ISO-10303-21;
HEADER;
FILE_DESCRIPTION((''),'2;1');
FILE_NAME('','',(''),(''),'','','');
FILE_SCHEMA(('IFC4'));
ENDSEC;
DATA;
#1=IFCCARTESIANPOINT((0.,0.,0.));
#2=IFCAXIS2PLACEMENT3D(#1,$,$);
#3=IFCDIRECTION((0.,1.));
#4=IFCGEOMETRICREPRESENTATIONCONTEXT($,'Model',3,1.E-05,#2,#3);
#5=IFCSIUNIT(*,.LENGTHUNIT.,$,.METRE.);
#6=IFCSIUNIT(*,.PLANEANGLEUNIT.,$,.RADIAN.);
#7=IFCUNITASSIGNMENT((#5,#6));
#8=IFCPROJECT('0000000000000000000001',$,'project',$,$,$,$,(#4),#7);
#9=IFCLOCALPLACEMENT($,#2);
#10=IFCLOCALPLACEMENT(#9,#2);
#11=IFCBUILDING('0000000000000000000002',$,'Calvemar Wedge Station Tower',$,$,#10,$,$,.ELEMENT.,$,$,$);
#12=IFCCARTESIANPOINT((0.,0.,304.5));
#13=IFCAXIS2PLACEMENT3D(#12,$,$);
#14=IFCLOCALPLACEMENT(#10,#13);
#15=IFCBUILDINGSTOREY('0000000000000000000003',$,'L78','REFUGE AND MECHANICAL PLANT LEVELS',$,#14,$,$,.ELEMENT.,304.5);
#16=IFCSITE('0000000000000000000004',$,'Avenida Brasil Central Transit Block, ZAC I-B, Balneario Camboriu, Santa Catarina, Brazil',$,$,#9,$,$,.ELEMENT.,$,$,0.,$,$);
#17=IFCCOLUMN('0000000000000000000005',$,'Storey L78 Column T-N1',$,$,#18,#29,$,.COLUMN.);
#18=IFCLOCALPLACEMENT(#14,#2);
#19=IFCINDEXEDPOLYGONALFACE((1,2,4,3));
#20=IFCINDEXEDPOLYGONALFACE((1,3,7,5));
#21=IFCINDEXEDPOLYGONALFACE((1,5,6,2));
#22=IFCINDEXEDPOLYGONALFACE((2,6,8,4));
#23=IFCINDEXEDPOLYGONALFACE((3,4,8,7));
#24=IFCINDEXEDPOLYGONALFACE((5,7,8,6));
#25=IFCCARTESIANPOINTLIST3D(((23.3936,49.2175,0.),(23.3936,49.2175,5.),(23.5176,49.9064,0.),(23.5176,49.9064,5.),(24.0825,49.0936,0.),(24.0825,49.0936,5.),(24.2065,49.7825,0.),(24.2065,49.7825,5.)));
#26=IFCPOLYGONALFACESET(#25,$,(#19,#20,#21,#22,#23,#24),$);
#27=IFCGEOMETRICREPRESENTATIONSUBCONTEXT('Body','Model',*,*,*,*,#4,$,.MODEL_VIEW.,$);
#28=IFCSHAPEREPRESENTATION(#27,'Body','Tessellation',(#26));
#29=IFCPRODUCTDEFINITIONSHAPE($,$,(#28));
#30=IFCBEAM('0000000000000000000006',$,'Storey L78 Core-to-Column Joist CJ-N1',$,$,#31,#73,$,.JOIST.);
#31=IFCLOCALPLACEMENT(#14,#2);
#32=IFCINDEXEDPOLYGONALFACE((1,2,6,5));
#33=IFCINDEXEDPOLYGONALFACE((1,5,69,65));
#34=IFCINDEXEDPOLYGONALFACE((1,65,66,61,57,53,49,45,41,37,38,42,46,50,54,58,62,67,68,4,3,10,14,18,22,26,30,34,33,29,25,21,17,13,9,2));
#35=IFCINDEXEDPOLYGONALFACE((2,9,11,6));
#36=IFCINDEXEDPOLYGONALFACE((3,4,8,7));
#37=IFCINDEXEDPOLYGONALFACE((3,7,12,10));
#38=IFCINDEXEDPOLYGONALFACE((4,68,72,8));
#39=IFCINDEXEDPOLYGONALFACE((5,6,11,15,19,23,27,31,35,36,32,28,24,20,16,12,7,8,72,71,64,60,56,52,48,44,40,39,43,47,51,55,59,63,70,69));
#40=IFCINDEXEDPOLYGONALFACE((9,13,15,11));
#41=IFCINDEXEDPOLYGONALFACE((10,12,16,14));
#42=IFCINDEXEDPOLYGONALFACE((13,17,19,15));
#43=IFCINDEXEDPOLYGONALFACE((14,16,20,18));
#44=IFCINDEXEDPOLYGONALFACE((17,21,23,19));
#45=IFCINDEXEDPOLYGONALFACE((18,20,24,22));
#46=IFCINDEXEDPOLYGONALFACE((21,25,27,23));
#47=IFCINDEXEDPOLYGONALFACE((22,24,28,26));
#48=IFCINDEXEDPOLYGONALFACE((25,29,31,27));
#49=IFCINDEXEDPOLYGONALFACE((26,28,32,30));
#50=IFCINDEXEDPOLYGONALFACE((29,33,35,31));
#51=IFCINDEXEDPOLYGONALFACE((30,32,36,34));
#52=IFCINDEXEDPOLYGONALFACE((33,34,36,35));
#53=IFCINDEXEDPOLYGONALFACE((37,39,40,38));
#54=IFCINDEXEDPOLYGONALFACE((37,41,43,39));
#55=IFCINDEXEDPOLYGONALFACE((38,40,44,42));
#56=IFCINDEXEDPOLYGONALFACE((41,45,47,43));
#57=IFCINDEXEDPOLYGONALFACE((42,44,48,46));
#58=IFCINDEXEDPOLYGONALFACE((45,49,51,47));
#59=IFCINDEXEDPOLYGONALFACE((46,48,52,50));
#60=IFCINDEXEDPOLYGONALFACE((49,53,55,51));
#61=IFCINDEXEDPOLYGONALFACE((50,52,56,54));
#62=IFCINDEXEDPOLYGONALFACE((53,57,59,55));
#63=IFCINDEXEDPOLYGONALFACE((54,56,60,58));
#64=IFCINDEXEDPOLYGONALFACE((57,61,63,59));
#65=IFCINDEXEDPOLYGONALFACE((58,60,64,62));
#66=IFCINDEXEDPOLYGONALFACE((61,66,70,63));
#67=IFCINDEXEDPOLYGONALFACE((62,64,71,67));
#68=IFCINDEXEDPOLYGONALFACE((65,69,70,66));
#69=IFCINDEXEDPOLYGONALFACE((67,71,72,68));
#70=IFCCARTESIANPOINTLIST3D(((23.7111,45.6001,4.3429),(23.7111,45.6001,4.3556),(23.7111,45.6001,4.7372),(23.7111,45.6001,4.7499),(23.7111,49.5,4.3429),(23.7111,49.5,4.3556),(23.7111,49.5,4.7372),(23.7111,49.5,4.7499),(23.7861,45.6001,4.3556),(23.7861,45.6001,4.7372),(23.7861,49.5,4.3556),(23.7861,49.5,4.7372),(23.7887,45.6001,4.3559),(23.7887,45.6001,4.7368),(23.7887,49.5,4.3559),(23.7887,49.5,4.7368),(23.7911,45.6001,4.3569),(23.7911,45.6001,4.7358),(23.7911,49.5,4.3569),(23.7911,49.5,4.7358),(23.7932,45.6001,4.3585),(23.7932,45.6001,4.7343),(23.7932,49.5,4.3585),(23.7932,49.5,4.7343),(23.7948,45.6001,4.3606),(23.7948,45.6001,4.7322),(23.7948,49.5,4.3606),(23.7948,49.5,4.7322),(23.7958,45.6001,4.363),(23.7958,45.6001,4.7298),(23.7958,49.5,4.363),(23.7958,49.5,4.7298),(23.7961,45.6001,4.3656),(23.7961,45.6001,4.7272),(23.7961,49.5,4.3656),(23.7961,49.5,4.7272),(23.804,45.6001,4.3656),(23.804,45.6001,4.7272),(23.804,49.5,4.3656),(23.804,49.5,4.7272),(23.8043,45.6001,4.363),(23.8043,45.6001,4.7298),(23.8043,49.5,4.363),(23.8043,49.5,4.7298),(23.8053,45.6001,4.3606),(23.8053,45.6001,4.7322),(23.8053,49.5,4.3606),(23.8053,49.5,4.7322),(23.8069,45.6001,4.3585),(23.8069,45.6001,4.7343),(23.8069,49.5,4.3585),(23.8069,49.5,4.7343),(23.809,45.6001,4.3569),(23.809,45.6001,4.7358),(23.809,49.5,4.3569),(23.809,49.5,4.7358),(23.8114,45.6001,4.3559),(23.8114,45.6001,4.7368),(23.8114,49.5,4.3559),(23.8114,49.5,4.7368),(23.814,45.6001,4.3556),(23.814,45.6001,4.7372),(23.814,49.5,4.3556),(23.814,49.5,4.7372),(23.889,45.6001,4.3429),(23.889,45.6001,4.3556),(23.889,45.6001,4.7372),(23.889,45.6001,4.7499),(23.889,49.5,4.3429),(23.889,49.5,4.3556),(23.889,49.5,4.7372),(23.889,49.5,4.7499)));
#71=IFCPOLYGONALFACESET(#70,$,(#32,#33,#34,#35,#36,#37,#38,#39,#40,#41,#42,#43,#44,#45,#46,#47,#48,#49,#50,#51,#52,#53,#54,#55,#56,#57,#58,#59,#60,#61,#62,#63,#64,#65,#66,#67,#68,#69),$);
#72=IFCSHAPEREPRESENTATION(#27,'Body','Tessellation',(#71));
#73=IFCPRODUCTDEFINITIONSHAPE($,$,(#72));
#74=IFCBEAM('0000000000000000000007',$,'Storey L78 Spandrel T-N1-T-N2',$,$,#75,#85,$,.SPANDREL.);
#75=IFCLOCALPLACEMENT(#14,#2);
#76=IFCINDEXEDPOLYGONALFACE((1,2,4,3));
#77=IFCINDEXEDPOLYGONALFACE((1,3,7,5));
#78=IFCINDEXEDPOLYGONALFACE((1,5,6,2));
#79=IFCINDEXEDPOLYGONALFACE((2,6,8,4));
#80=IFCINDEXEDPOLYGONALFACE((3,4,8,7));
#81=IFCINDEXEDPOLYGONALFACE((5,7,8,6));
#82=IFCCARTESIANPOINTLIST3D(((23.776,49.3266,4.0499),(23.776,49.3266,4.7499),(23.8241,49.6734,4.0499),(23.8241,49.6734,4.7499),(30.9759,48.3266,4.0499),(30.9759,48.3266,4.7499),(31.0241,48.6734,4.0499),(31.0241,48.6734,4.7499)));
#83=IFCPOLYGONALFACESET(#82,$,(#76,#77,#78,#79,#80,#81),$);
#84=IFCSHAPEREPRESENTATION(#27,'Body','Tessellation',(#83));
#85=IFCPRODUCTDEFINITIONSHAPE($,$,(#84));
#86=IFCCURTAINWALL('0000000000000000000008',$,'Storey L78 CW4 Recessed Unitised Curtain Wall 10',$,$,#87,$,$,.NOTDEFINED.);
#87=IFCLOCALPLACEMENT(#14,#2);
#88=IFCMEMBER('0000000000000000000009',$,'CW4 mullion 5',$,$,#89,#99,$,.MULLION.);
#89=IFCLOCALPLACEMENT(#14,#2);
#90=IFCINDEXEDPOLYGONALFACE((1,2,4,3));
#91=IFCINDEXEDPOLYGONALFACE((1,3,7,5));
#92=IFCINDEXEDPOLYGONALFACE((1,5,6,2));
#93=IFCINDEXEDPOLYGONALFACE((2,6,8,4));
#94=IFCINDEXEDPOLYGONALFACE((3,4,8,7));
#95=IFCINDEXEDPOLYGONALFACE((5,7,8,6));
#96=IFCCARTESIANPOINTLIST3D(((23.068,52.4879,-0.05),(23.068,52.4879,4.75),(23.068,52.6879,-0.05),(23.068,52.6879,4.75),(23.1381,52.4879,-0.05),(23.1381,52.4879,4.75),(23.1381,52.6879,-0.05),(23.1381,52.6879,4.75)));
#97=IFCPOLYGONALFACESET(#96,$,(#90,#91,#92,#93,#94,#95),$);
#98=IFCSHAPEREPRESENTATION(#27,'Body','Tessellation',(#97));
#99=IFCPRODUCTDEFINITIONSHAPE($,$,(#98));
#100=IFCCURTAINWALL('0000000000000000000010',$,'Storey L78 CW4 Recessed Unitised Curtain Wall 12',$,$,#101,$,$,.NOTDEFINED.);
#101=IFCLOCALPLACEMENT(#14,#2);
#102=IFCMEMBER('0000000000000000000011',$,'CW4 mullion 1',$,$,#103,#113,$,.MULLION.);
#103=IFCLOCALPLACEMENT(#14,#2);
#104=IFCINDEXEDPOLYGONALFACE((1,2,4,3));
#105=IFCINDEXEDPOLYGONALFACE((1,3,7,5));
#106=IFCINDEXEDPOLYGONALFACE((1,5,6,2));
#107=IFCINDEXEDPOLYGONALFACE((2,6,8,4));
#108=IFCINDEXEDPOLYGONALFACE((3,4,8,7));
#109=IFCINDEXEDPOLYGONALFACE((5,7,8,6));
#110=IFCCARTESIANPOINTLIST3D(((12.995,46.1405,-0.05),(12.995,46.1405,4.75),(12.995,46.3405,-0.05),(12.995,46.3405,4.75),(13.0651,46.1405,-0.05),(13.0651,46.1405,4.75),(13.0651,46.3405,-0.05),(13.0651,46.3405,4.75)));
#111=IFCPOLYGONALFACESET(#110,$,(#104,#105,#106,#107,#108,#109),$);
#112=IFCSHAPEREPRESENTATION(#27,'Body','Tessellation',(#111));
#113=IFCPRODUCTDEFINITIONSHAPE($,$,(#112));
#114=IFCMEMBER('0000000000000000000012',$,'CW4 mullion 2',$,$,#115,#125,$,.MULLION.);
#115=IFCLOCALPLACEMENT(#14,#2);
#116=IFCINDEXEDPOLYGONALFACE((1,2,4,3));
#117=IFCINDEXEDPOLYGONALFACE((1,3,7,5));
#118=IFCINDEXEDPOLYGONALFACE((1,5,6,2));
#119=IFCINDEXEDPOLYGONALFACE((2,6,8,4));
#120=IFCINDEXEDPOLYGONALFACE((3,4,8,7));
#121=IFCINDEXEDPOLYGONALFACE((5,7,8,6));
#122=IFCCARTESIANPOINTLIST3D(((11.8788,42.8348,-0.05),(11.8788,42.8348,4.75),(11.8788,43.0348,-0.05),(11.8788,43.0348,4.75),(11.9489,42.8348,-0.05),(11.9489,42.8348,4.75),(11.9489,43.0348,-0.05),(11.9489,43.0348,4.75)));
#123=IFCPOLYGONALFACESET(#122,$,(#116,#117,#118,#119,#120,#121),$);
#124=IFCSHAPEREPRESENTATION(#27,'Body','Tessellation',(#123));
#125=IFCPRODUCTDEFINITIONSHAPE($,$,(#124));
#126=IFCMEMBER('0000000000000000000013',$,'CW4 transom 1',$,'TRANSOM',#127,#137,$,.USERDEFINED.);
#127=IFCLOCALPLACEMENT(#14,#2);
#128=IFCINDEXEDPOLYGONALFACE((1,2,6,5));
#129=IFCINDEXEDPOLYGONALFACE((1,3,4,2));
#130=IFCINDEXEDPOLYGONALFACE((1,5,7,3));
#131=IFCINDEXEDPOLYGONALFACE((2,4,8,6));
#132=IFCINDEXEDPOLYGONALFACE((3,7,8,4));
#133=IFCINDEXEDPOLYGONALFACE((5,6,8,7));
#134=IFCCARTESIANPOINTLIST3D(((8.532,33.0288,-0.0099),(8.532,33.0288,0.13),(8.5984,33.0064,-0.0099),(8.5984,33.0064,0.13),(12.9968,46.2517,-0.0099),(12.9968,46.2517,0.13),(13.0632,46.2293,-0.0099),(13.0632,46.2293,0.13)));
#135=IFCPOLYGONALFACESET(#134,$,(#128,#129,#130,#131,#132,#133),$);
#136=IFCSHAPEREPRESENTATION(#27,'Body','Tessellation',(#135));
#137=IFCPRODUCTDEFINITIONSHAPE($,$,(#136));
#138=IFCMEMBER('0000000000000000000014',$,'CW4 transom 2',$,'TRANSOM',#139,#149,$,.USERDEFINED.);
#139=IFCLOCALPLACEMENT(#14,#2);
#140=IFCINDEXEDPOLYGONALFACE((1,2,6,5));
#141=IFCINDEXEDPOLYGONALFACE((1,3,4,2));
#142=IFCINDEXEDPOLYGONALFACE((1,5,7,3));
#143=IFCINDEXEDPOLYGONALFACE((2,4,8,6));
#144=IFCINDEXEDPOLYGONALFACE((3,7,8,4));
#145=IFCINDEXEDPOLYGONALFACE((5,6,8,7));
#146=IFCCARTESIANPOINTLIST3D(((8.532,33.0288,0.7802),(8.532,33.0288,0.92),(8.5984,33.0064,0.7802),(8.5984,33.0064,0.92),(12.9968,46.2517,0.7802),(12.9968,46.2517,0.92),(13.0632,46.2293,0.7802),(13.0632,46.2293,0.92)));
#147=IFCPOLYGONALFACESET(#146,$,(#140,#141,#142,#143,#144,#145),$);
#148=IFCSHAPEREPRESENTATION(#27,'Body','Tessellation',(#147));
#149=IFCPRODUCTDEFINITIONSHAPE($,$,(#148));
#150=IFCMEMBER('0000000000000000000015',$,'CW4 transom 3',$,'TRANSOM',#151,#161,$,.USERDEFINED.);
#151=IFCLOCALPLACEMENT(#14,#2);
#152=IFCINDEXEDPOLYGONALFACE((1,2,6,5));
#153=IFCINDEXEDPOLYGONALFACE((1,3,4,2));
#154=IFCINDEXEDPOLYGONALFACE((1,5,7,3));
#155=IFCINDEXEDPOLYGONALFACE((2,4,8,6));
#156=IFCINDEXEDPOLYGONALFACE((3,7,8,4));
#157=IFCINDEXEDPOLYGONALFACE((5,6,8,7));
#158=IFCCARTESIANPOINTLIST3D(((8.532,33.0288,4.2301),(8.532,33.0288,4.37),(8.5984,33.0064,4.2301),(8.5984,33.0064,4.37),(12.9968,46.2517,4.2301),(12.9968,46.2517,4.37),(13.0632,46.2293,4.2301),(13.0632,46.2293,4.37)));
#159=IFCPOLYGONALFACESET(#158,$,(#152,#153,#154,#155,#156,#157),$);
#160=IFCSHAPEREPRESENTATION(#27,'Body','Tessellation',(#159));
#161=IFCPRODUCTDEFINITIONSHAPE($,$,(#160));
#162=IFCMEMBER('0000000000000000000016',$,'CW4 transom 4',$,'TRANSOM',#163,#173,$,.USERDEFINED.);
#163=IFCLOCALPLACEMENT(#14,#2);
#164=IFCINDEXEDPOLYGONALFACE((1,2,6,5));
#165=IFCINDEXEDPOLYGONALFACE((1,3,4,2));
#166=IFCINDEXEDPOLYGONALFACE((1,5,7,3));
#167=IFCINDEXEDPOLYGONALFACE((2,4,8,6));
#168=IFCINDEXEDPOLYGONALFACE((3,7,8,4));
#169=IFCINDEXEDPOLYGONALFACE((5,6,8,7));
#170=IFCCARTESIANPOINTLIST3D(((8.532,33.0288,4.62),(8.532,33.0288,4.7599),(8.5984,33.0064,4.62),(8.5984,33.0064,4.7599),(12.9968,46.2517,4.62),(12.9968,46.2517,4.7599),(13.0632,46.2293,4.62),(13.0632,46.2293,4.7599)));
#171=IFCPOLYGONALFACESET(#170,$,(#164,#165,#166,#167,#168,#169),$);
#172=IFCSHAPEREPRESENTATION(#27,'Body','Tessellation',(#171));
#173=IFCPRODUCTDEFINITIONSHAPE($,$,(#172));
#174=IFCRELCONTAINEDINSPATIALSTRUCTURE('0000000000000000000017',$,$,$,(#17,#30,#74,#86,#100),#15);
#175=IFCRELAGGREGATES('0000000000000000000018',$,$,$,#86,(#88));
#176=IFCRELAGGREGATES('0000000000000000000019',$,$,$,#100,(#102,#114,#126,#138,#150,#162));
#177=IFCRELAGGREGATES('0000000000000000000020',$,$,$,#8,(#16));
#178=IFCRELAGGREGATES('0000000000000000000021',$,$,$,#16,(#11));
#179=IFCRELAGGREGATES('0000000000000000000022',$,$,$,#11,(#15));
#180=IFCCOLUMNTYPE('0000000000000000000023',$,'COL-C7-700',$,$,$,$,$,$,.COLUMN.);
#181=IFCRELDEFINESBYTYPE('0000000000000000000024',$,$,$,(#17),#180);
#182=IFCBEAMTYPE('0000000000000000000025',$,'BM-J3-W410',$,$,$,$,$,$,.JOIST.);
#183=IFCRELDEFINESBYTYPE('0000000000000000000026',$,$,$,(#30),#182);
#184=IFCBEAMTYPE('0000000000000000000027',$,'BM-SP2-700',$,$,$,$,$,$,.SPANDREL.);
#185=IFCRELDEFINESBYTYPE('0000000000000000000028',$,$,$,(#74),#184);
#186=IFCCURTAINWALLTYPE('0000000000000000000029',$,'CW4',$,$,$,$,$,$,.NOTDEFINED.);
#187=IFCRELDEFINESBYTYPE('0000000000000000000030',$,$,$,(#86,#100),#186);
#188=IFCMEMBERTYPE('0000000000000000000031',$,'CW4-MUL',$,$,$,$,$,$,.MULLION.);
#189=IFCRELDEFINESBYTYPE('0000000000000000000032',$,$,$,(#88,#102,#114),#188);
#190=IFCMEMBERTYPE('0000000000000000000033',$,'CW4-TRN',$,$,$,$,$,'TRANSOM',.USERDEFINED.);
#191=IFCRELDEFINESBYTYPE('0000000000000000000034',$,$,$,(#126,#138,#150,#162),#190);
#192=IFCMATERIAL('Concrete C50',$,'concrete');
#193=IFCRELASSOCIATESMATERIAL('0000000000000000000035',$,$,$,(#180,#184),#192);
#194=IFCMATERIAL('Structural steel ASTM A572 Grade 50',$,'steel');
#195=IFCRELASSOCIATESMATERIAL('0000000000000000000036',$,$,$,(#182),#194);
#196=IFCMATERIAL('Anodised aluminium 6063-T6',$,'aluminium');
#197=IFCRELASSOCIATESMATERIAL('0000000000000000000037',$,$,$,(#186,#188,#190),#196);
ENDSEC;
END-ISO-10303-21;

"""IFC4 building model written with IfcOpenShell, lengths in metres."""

from ifc_helpers import new_model, si_unit, direction, frame, origin, origin_2d, place, context, subcontext, project, spatial, rectangle, i_section, extrude, source, transform, mapped, material, material_profile, profile_set, type_object, element, aggregate, save


model = new_model("IFC4")

# Units and contexts
model_context = context("Model", 3, precision=1e-05, world=origin(), true_north=direction((0.0, 1.0)))
body_context = subcontext(model_context, "Body", "Model", "MODEL_VIEW")
ifc_project = project(units=[si_unit("LENGTHUNIT", "METRE"), si_unit("PLANEANGLEUNIT", "RADIAN")], contexts=[model_context])

# Site, building, storey
site_placement = place(None, origin())
site = spatial("IfcSite", under=ifc_project, at=site_placement, Name="Avenida Brasil Central Transit Block, ZAC I-B, Balneario Camboriu, Santa Catarina, Brazil", CompositionType="ELEMENT", RefElevation=0.0)
building_placement = place(site_placement, origin())
building = spatial("IfcBuilding", under=site, at=building_placement, Name="Calvemar Wedge Station Tower", CompositionType="ELEMENT")
storey_placement = place(building_placement, frame((0.0, 0.0, 304.5)))
storey = spatial("IfcBuildingStorey", under=building, at=storey_placement, Name="L78", Description="REFUGE AND MECHANICAL PLANT LEVELS", CompositionType="ELEMENT", Elevation=304.5)

# Column
ifc_material_1 = material(Name="Concrete C50", Category="concrete")
ifc_material_profile_1 = material_profile(ifc_material_1, rectangle(XDim=0.7, YDim=0.7, at=origin_2d()), Name="RC700x700")
ifc_profile_set_1 = profile_set([ifc_material_profile_1], Name="Concrete C50")
column_type = type_object("IfcColumnType", Name="COL-C7-700", PredefinedType="COLUMN", material=ifc_profile_set_1)
shared_shape_1 = source(origin(), body_context, "Body", "SweptSolid", [
    extrude(rectangle(XDim=0.7, YDim=0.7, at=origin_2d()), origin(), (0.0, 0.0, 1.0), 5.0),
])
column_placement = place(storey_placement, frame((23.8, 49.5, 0.0), z_axis=(0.0, 0.0, 1.0), x_axis=(0.984196, -0.177085, 0.0)))
element("IfcColumn", 1, at=column_placement, inside=storey, type_object=column_type, Name="Storey L78 Column T-N1", PredefinedType="COLUMN", context=body_context, shape_type="MappedRepresentation", body=[
    mapped(shared_shape_1, transform((0.0, 0.0, 0.0), scale=1.0)),
])

# Beams
ifc_material_2 = material(Name="Structural steel ASTM A572 Grade 50", Category="steel")
ifc_material_profile_2 = material_profile(ifc_material_2, i_section(OverallWidth=0.178, OverallDepth=0.407, WebThickness=0.0078, FlangeThickness=0.0127, FilletRadius=0.01, at=origin_2d()), Name="W410x60")
ifc_profile_set_2 = profile_set([ifc_material_profile_2], Name="Structural steel ASTM A572 Grade 50")
beam_type_1 = type_object("IfcBeamType", Name="BM-J3-W410", PredefinedType="JOIST", material=ifc_profile_set_2)
shared_shape_2 = source(origin(), body_context, "Body", "SweptSolid", [
    extrude(i_section(OverallWidth=0.178, OverallDepth=0.407, WebThickness=0.0078, FlangeThickness=0.0127, FilletRadius=0.01, at=origin_2d()), origin(), (0.0, 0.0, 1.0), 3.8999),
])
beam_1_placement = place(storey_placement, frame((23.8, 45.6001, 4.5464), z_axis=(0.0, 1.0, 0.0), x_axis=(-1.0, 0.0, 0.0)))
element("IfcBeam", 2, at=beam_1_placement, inside=storey, type_object=beam_type_1, Name="Storey L78 Core-to-Column Joist CJ-N1", PredefinedType="JOIST", context=body_context, shape_type="MappedRepresentation", body=[
    mapped(shared_shape_2, transform((0.0, 0.0, 0.0), scale=1.0)),
])
ifc_material_profile_3 = material_profile(ifc_material_1, rectangle(XDim=0.3501, YDim=0.7, at=origin_2d()), Name="RC350x700")
ifc_profile_set_3 = profile_set([ifc_material_profile_3], Name="Concrete C50")
beam_type_2 = type_object("IfcBeamType", Name="BM-SP2-700", PredefinedType="SPANDREL", material=ifc_profile_set_3)
shared_shape_3 = source(origin(), body_context, "Body", "SweptSolid", [
    extrude(rectangle(XDim=0.3501, YDim=0.7, at=origin_2d()), origin(), (0.0, 0.0, 1.0), 7.269),
])
beam_2_placement = place(storey_placement, frame((23.8, 49.5, 4.3999), z_axis=(0.990492, -0.137569, 0.0), x_axis=(0.137569, 0.990492, 0.0)))
element("IfcBeam", 3, at=beam_2_placement, inside=storey, type_object=beam_type_2, Name="Storey L78 Spandrel T-N1-T-N2", PredefinedType="SPANDREL", context=body_context, shape_type="MappedRepresentation", body=[
    mapped(shared_shape_3, transform((0.0, 0.0, 0.0), scale=1.0)),
])

# Curtain wall, member
ifc_material_3 = material(Name="Anodised aluminium 6063-T6", Category="aluminium")
curtain_wall_type = type_object("IfcCurtainWallType", Name="CW4", PredefinedType="NOTDEFINED", material=ifc_material_3)
curtain_wall_1_placement = place(storey_placement, origin())
curtain_wall_1 = element("IfcCurtainWall", 4, at=curtain_wall_1_placement, inside=storey, type_object=curtain_wall_type, Name="Storey L78 CW4 Recessed Unitised Curtain Wall 10", PredefinedType="NOTDEFINED")
ifc_material_profile_4 = material_profile(ifc_material_3, rectangle(XDim=0.0701, YDim=0.2, at=origin_2d()), Name="AL-MUL-70x200")
ifc_profile_set_4 = profile_set([ifc_material_profile_4], Name="Anodised aluminium 6063-T6")
member_type_1 = type_object("IfcMemberType", Name="CW4-MUL", PredefinedType="MULLION", material=ifc_profile_set_4)
shared_shape_4 = source(origin(), body_context, "Body", "SweptSolid", [
    extrude(rectangle(XDim=0.0701, YDim=0.2, at=origin_2d()), origin(), (0.0, 0.0, 1.0), 4.8),
])
member_1_placement = place(storey_placement, frame((23.103, 52.5879, -0.05), z_axis=(0.0, 0.0, 1.0), x_axis=(1.0, 0.0, 0.0)))
member_1 = element("IfcMember", 5, at=member_1_placement, type_object=member_type_1, Name="CW4 mullion 5", PredefinedType="MULLION", context=body_context, shape_type="MappedRepresentation", body=[
    mapped(shared_shape_4, transform((0.0, 0.0, 0.0), scale=1.0)),
])

# Curtain wall, members
curtain_wall_2_placement = place(storey_placement, origin())
curtain_wall_2 = element("IfcCurtainWall", 6, at=curtain_wall_2_placement, inside=storey, type_object=curtain_wall_type, Name="Storey L78 CW4 Recessed Unitised Curtain Wall 12", PredefinedType="NOTDEFINED")
member_2_placement = place(storey_placement, frame((13.03, 46.2405, -0.05), z_axis=(0.0, 0.0, 1.0), x_axis=(1.0, 0.0, 0.0)))
member_2 = element("IfcMember", 7, at=member_2_placement, type_object=member_type_1, Name="CW4 mullion 1", PredefinedType="MULLION", context=body_context, shape_type="MappedRepresentation", body=[
    mapped(shared_shape_4, transform((0.0, 0.0, 0.0), scale=1.0)),
])
member_3_placement = place(storey_placement, frame((11.9138, 42.9348, -0.05), z_axis=(0.0, 0.0, 1.0), x_axis=(1.0, 0.0, 0.0)))
member_3 = element("IfcMember", 8, at=member_3_placement, type_object=member_type_1, Name="CW4 mullion 2", PredefinedType="MULLION", context=body_context, shape_type="MappedRepresentation", body=[
    mapped(shared_shape_4, transform((0.0, 0.0, 0.0), scale=1.0)),
])
ifc_material_profile_5 = material_profile(ifc_material_3, rectangle(XDim=0.0701, YDim=0.1399, at=origin_2d()), Name="AL-TRN-70x140")
ifc_profile_set_5 = profile_set([ifc_material_profile_5], Name="Anodised aluminium 6063-T6")
member_type_2 = type_object("IfcMemberType", Name="CW4-TRN", ElementType="TRANSOM", PredefinedType="USERDEFINED", material=ifc_profile_set_5)
shared_shape_5 = source(origin(), body_context, "Body", "SweptSolid", [
    extrude(rectangle(XDim=0.0701, YDim=0.1399, at=origin_2d()), origin(), (0.0, 0.0, 1.0), 13.9563),
])
member_4_placement = place(storey_placement, frame((13.03, 46.2405, 0.0601), z_axis=(-0.319915, -0.947446, 0.0), x_axis=(0.947446, -0.319915, 0.0)))
member_4 = element("IfcMember", 9, at=member_4_placement, type_object=member_type_2, Name="CW4 transom 1", ObjectType="TRANSOM", PredefinedType="USERDEFINED", context=body_context, shape_type="MappedRepresentation", body=[
    mapped(shared_shape_5, transform((0.0, 0.0, 0.0), scale=1.0)),
])
member_5_placement = place(storey_placement, frame((13.03, 46.2405, 0.8501), z_axis=(-0.319915, -0.947446, 0.0), x_axis=(0.947446, -0.319915, 0.0)))
member_5 = element("IfcMember", 10, at=member_5_placement, type_object=member_type_2, Name="CW4 transom 2", ObjectType="TRANSOM", PredefinedType="USERDEFINED", context=body_context, shape_type="MappedRepresentation", body=[
    mapped(shared_shape_5, transform((0.0, 0.0, 0.0), scale=1.0)),
])
member_6_placement = place(storey_placement, frame((13.03, 46.2405, 4.3), z_axis=(-0.319915, -0.947446, 0.0), x_axis=(0.947446, -0.319915, 0.0)))
member_6 = element("IfcMember", 11, at=member_6_placement, type_object=member_type_2, Name="CW4 transom 3", ObjectType="TRANSOM", PredefinedType="USERDEFINED", context=body_context, shape_type="MappedRepresentation", body=[
    mapped(shared_shape_5, transform((0.0, 0.0, 0.0), scale=1.0)),
])
member_7_placement = place(storey_placement, frame((13.03, 46.2405, 4.6899), z_axis=(-0.319915, -0.947446, 0.0), x_axis=(0.947446, -0.319915, 0.0)))
member_7 = element("IfcMember", 12, at=member_7_placement, type_object=member_type_2, Name="CW4 transom 4", ObjectType="TRANSOM", PredefinedType="USERDEFINED", context=body_context, shape_type="MappedRepresentation", body=[
    mapped(shared_shape_5, transform((0.0, 0.0, 0.0), scale=1.0)),
])

aggregate(curtain_wall_1, [member_1])
aggregate(curtain_wall_2, [member_2, member_3, member_4, member_5, member_6, member_7])

save(model, "model.ifc")
